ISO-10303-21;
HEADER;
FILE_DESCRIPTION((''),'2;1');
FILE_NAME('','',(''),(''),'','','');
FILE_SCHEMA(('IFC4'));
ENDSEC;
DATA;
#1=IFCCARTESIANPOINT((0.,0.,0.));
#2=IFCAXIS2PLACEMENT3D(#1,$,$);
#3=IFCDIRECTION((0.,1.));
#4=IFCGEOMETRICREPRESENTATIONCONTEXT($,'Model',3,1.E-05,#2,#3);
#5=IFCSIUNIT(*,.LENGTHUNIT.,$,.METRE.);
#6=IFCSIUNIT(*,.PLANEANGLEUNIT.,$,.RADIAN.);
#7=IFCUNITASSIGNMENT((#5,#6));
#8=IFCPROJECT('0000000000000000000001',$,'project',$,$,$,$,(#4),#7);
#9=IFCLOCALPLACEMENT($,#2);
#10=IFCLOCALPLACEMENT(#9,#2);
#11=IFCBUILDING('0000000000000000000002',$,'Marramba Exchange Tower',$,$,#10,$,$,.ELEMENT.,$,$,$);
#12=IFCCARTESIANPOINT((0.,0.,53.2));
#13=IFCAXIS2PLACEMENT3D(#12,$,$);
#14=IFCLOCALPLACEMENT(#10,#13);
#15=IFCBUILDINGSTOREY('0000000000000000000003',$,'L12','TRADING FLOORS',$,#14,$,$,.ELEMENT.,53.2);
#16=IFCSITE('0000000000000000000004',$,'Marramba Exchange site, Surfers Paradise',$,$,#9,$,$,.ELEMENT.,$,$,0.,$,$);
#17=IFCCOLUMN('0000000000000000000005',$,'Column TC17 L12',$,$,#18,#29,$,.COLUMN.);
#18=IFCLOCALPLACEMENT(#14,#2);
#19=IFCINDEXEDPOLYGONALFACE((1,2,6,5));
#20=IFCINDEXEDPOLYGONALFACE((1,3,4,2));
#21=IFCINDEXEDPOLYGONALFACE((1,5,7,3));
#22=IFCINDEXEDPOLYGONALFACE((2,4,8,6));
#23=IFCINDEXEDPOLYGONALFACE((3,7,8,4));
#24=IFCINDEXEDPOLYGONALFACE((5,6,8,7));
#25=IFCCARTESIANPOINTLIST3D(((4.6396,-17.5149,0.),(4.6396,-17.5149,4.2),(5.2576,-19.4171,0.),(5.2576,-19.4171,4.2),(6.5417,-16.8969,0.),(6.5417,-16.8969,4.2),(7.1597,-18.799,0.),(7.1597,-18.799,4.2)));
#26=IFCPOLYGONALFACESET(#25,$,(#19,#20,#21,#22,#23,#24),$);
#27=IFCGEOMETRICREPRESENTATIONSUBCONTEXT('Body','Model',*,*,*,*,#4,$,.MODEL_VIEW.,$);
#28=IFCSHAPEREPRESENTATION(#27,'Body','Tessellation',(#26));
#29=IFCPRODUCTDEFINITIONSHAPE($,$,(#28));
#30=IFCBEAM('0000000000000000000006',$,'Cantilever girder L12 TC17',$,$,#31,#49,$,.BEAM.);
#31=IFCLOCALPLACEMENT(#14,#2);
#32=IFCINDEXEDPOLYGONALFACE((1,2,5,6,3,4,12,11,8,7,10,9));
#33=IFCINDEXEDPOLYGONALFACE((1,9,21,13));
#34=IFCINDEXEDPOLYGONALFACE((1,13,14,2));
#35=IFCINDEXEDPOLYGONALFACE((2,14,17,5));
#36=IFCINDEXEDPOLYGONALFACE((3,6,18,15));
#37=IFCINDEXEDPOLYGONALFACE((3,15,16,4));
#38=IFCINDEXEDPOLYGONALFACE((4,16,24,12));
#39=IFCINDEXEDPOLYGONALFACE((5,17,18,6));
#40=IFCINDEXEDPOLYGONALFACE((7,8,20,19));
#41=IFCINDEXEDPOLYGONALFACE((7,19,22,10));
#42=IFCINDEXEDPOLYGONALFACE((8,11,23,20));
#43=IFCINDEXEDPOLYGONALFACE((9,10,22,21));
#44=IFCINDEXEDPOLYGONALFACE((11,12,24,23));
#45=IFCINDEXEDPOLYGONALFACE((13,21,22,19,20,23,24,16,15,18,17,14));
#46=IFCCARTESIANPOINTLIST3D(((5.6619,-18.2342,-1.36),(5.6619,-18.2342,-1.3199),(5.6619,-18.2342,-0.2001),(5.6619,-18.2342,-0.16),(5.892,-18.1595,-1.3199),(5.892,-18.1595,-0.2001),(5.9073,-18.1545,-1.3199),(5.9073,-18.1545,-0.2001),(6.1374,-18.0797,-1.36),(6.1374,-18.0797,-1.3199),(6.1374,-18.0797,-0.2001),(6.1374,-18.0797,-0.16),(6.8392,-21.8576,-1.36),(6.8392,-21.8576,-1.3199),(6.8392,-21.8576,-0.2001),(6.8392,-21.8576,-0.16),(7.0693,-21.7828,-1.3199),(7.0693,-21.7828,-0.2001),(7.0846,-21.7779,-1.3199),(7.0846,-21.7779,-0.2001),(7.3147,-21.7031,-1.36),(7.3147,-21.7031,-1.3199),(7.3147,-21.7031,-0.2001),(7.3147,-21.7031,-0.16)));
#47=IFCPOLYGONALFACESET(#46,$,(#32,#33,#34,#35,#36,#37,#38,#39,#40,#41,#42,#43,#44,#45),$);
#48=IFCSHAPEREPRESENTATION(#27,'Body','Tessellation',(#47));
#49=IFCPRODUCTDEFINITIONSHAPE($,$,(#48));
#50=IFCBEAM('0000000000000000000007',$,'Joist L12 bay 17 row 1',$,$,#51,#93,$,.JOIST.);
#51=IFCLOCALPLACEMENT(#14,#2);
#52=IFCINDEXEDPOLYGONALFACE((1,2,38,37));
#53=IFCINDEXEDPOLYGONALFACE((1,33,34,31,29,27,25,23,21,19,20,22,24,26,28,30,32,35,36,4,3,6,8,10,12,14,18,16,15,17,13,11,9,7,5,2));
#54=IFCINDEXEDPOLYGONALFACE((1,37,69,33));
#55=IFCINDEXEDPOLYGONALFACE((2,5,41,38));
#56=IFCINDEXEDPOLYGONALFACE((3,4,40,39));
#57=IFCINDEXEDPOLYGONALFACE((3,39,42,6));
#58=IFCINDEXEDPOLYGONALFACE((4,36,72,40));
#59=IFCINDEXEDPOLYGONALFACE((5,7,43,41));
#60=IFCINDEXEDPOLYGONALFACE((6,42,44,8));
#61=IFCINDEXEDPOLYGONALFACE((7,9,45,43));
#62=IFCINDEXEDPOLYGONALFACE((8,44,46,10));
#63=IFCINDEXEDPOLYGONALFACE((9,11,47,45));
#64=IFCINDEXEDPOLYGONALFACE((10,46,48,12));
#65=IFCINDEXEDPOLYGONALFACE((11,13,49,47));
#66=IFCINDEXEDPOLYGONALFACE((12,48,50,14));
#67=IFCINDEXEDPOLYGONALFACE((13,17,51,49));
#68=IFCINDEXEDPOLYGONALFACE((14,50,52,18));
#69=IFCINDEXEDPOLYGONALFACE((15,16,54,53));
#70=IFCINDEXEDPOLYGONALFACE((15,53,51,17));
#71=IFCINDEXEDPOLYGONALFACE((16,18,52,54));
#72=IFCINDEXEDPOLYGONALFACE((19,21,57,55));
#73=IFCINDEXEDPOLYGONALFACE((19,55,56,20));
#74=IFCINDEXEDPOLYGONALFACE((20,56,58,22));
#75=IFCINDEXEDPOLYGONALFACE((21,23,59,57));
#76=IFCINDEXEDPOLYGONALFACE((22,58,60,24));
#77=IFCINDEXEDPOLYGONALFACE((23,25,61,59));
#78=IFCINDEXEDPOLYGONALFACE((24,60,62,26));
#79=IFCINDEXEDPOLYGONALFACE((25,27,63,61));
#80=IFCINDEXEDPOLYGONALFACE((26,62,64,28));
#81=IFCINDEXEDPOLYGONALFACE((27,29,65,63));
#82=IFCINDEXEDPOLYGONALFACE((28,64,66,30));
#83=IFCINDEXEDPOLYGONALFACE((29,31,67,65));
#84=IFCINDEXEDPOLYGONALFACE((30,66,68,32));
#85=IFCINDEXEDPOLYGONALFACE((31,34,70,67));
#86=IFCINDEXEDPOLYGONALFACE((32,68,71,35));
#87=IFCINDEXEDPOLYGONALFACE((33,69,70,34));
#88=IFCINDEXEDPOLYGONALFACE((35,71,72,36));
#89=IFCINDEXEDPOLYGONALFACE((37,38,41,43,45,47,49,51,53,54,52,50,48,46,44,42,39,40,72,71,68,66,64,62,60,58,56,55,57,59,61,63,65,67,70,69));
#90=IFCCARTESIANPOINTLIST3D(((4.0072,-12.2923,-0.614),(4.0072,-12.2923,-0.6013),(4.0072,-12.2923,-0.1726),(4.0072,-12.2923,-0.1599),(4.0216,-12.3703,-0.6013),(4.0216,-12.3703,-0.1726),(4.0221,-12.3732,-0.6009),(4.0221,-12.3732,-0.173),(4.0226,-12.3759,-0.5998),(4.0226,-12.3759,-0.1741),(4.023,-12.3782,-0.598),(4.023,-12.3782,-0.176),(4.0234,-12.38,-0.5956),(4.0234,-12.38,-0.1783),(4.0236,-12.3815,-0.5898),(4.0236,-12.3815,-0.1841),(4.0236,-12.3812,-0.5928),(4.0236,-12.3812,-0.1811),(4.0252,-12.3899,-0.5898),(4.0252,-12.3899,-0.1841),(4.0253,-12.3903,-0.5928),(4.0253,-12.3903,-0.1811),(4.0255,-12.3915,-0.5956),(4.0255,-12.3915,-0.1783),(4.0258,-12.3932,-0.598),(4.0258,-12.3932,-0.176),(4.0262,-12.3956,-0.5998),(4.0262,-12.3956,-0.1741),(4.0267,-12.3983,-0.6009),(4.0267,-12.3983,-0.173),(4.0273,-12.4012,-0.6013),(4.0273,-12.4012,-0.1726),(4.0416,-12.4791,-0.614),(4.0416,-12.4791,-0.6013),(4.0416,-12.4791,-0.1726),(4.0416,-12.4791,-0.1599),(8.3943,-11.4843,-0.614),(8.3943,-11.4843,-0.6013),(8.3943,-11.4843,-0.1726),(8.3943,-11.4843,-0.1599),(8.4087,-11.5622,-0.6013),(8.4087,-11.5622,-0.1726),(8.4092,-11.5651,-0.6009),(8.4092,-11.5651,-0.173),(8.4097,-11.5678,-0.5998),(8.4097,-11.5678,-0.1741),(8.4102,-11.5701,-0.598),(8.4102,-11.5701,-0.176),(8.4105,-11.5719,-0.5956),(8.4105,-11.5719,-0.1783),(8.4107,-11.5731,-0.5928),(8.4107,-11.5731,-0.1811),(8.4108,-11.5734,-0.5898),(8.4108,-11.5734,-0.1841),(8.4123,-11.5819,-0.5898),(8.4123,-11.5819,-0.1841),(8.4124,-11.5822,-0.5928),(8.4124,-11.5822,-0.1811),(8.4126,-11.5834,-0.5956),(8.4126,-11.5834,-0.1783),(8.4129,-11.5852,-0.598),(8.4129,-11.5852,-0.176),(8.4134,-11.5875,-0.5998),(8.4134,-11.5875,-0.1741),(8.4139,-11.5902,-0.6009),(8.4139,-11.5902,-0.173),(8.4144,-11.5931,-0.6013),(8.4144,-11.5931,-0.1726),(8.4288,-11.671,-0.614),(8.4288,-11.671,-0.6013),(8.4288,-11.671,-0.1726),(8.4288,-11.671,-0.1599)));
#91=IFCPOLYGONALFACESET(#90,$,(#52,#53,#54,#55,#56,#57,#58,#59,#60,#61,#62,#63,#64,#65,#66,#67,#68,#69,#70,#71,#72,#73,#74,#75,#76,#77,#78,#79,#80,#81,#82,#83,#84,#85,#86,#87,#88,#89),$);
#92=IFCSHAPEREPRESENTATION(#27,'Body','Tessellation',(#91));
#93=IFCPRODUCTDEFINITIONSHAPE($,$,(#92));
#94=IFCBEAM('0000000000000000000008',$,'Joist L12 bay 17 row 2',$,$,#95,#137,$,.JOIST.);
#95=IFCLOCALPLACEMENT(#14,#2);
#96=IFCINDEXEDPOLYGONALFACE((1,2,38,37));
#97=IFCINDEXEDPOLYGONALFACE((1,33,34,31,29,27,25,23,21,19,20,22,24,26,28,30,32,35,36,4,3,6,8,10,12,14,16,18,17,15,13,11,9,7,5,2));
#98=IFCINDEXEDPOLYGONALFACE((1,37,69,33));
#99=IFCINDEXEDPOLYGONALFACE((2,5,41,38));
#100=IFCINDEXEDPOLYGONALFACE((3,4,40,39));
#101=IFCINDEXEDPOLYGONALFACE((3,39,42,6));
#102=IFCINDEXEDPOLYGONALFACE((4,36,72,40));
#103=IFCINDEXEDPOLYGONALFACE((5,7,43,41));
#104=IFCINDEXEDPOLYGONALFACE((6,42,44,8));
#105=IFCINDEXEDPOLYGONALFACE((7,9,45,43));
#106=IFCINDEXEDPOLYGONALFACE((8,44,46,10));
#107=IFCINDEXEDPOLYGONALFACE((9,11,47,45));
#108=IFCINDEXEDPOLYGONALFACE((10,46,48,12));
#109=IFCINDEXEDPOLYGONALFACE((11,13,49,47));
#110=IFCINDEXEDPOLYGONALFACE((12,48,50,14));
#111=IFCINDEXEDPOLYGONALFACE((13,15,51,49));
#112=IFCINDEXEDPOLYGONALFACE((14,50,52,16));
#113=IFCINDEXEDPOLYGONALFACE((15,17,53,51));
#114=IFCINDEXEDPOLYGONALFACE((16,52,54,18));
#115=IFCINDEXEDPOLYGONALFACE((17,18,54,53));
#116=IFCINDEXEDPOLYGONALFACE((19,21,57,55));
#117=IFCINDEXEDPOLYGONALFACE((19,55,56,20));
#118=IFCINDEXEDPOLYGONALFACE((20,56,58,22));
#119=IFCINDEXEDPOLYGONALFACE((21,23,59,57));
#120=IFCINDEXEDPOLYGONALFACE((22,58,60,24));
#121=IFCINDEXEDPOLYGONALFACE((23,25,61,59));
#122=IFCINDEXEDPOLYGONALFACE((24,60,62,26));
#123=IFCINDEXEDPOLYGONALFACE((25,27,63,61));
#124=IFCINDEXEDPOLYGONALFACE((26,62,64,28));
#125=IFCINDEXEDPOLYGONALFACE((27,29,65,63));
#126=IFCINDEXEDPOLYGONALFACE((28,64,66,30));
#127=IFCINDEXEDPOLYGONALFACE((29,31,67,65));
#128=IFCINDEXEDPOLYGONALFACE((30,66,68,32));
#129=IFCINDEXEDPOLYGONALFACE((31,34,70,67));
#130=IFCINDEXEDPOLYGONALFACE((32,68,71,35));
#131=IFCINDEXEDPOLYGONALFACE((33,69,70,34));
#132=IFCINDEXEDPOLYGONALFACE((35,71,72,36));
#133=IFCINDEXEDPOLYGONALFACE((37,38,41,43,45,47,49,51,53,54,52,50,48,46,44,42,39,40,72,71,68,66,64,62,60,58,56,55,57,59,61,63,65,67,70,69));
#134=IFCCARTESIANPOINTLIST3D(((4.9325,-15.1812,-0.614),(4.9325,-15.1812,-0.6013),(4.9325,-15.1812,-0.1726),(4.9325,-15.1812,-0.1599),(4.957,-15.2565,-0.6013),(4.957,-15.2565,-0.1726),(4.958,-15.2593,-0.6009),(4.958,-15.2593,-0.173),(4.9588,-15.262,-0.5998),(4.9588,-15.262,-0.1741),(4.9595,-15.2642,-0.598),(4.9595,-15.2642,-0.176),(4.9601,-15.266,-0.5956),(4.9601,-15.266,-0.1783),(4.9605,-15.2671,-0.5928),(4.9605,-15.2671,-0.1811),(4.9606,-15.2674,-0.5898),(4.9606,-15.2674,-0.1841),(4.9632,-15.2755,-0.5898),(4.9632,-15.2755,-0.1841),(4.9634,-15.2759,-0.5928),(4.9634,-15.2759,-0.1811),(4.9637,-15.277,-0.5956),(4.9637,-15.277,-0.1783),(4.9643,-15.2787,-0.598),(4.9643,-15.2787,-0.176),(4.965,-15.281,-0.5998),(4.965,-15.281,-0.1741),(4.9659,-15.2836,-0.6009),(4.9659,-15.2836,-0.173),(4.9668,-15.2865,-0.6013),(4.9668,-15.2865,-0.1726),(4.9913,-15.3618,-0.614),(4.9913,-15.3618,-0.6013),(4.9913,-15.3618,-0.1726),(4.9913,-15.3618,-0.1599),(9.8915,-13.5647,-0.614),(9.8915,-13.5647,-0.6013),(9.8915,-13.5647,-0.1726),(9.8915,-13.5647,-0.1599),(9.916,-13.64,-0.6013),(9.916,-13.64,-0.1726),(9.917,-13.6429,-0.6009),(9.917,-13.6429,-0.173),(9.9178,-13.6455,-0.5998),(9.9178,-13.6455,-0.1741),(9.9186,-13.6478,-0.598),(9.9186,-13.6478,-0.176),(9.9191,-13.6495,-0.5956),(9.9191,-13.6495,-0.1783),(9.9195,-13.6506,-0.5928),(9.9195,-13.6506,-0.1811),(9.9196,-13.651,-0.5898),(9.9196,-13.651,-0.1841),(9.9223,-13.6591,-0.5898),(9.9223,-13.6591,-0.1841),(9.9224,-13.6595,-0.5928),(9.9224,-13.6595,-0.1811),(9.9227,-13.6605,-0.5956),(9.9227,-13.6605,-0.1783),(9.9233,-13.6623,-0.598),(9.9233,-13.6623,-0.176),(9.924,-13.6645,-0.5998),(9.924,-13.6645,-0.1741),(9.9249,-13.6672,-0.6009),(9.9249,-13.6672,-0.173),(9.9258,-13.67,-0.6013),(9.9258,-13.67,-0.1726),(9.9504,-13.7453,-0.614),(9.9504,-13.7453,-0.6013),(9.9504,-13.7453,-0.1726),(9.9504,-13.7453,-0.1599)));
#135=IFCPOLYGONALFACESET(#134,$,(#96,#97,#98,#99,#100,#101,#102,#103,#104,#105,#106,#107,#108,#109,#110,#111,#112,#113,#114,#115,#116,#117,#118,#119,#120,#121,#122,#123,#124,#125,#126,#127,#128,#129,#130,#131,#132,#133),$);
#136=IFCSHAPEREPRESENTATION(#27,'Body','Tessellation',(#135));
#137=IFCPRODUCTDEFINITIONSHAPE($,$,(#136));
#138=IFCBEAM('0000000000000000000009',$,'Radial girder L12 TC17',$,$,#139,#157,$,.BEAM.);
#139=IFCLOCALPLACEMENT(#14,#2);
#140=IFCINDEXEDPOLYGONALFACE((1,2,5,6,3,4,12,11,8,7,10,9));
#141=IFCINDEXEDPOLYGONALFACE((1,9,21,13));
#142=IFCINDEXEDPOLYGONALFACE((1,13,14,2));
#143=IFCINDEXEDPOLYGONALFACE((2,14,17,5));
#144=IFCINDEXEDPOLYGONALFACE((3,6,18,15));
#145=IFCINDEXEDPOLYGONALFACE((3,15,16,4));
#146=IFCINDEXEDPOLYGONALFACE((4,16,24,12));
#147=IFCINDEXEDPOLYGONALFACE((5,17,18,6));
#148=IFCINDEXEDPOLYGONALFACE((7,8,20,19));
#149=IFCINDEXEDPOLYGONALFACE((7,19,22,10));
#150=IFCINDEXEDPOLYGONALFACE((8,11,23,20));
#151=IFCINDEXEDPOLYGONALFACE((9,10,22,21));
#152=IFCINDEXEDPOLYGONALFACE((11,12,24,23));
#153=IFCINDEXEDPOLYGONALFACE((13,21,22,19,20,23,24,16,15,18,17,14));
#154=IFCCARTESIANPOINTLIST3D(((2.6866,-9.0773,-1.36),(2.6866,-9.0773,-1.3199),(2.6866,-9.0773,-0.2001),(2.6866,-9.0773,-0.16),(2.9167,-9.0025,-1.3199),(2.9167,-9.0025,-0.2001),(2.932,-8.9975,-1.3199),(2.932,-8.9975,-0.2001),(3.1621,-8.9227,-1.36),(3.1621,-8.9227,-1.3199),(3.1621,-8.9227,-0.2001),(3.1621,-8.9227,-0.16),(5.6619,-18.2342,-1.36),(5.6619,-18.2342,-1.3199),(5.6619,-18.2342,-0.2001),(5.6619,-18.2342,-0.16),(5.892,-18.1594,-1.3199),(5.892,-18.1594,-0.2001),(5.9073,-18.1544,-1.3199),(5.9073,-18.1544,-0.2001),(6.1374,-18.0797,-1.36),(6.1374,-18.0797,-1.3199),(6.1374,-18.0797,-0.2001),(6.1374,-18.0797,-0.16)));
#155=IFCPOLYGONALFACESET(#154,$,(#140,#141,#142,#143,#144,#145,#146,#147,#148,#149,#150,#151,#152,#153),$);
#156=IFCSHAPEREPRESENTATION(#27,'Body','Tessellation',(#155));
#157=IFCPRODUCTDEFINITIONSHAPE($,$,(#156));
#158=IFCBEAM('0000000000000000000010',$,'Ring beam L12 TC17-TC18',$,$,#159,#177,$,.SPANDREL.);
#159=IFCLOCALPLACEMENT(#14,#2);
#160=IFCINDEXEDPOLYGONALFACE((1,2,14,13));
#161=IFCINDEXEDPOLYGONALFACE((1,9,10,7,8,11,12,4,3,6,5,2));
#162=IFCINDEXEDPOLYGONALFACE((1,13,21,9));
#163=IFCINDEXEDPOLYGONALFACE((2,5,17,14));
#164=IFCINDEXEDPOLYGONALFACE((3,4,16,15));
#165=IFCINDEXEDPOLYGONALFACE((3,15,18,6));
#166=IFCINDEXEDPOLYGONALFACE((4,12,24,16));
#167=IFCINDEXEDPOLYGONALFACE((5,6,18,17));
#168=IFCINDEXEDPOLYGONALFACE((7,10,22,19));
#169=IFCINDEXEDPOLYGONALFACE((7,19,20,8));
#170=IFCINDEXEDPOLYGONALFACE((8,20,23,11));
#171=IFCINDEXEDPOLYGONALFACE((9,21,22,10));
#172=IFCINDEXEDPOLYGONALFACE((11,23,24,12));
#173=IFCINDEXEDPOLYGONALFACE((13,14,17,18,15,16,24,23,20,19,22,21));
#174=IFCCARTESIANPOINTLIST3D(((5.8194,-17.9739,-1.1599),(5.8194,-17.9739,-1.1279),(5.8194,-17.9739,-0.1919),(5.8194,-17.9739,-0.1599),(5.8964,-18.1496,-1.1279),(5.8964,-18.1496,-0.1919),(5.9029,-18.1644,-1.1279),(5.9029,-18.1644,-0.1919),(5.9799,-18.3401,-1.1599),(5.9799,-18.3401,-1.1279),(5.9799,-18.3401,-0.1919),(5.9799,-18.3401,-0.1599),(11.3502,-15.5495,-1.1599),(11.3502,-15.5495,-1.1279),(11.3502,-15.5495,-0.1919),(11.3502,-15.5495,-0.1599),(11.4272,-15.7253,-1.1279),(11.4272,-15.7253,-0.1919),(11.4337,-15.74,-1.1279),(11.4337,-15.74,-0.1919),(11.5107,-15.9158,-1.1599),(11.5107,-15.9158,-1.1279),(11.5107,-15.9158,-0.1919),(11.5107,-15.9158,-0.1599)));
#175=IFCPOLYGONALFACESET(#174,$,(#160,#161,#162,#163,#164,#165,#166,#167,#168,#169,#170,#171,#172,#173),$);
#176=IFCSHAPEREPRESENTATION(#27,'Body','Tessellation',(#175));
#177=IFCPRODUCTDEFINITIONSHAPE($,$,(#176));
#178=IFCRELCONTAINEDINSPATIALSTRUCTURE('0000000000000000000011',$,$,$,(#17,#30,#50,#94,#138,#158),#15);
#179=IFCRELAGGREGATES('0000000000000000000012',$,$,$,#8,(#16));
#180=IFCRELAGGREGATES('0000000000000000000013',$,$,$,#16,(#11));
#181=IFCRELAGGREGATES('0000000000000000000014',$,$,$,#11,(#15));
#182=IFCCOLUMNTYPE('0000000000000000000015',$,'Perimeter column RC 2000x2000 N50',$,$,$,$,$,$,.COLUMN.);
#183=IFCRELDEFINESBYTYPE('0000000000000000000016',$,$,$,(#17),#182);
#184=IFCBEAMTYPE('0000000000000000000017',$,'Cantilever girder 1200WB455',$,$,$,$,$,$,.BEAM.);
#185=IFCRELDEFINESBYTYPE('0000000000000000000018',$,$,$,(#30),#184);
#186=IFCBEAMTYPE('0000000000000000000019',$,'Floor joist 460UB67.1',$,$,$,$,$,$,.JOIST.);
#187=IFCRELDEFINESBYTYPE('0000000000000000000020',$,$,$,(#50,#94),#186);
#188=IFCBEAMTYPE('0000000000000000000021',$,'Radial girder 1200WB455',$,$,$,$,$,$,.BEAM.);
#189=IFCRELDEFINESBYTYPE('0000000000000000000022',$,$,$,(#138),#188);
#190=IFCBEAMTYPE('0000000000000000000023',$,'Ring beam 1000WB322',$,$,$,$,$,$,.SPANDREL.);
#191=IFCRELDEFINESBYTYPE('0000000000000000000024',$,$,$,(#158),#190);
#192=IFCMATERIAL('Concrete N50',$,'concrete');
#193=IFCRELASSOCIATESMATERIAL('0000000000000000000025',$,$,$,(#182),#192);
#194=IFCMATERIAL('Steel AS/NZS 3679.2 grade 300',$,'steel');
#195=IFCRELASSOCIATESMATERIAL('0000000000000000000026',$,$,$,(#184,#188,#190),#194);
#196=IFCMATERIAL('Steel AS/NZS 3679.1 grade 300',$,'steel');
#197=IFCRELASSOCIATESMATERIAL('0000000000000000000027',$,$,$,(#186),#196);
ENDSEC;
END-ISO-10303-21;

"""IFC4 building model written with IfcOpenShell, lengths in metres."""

from ifc_helpers import new_model, si_unit, direction, frame, origin, origin_2d, place, context, subcontext, project, spatial, rectangle, i_section, extrude, material, material_profile, profile_set, type_object, element, save


model = new_model("IFC4")

# Units and contexts
model_context = context("Model", 3, precision=1e-05, world=origin(), true_north=direction((0.0, 1.0)))
body_context = subcontext(model_context, "Body", "Model", "MODEL_VIEW")
ifc_project = project(units=[si_unit("LENGTHUNIT", "METRE"), si_unit("PLANEANGLEUNIT", "RADIAN")], contexts=[model_context])

# Site, building, storey
site_placement = place(None, origin())
site = spatial("IfcSite", under=ifc_project, at=site_placement, Name="Marramba Exchange site, Surfers Paradise", CompositionType="ELEMENT", RefElevation=0.0)
building_placement = place(site_placement, origin())
building = spatial("IfcBuilding", under=site, at=building_placement, Name="Marramba Exchange Tower", CompositionType="ELEMENT")
storey_placement = place(building_placement, frame((0.0, 0.0, 53.2)))
storey = spatial("IfcBuildingStorey", under=building, at=storey_placement, Name="L12", Description="TRADING FLOORS", CompositionType="ELEMENT", Elevation=53.2)

# Column
ifc_material_1 = material(Name="Concrete N50", Category="concrete")
ifc_material_profile_1 = material_profile(ifc_material_1, rectangle(XDim=2.0, YDim=2.0, at=origin_2d()), Name="RC 2000x2000")
ifc_profile_set_1 = profile_set([ifc_material_profile_1], Name="Concrete N50")
column_type = type_object("IfcColumnType", Name="Perimeter column RC 2000x2000 N50", PredefinedType="COLUMN", material=ifc_profile_set_1)
column_placement = place(storey_placement, frame((5.8997, -18.157, 0.0), z_axis=(0.0, 0.0, 1.0), x_axis=(0.309017, -0.951057, 0.0)))
element("IfcColumn", 1, at=column_placement, inside=storey, type_object=column_type, Name="Column TC17 L12", PredefinedType="COLUMN", context=body_context, shape_type="SweptSolid", body=[
    extrude(rectangle(XDim=2.0, YDim=2.0, at=origin_2d()), origin(), (0.0, 0.0, 1.0), 4.2),
])

# Beams
ifc_material_2 = material(Name="Steel AS/NZS 3679.2 grade 300", Category="steel")
ifc_material_profile_2 = material_profile(ifc_material_2, i_section(OverallWidth=0.5, OverallDepth=1.2, WebThickness=0.0161, FlangeThickness=0.04, at=origin_2d()), Name="1200WB455")
ifc_profile_set_2 = profile_set([ifc_material_profile_2], Name="Steel AS/NZS 3679.2 grade 300")
beam_type_1 = type_object("IfcBeamType", Name="Cantilever girder 1200WB455", PredefinedType="BEAM", material=ifc_profile_set_2)
beam_1_placement = place(storey_placement, frame((5.8997, -18.157, -0.76), z_axis=(0.309009, -0.951059, 0.0), x_axis=(0.951059, 0.309009, 0.0)))
element("IfcBeam", 2, at=beam_1_placement, inside=storey, type_object=beam_type_1, Name="Cantilever girder L12 TC17", PredefinedType="BEAM", context=body_context, shape_type="SweptSolid", body=[
    extrude(i_section(OverallWidth=0.5, OverallDepth=1.2, WebThickness=0.0161, FlangeThickness=0.04, at=origin_2d()), origin(), (0.0, 0.0, 1.0), 3.8098),
])
ifc_material_3 = material(Name="Steel AS/NZS 3679.1 grade 300", Category="steel")
ifc_material_profile_3 = material_profile(ifc_material_3, i_section(OverallWidth=0.1899, OverallDepth=0.4541, WebThickness=0.0085, FlangeThickness=0.0127, FilletRadius=0.0115, at=origin_2d()), Name="460UB67.1")
ifc_profile_set_3 = profile_set([ifc_material_profile_3], Name="Steel AS/NZS 3679.1 grade 300")
beam_type_2 = type_object("IfcBeamType", Name="Floor joist 460UB67.1", PredefinedType="JOIST", material=ifc_profile_set_3)
beam_2_placement = place(storey_placement, frame((4.0244, -12.3857, -0.387), z_axis=(0.983456, 0.181149, 0.0), x_axis=(-0.181149, 0.983456, 0.0)))
element("IfcBeam", 3, at=beam_2_placement, inside=storey, type_object=beam_type_2, Name="Joist L12 bay 17 row 1", PredefinedType="JOIST", context=body_context, shape_type="SweptSolid", body=[
    extrude(i_section(OverallWidth=0.1899, OverallDepth=0.4541, WebThickness=0.0085, FlangeThickness=0.0127, FilletRadius=0.0115, at=origin_2d()), origin(), (0.0, 0.0, 1.0), 4.4609),
])
beam_3_placement = place(storey_placement, frame((4.9619, -15.2715, -0.387), z_axis=(0.950764, 0.309916, 0.0), x_axis=(-0.309916, 0.950764, 0.0)))
element("IfcBeam", 4, at=beam_3_placement, inside=storey, type_object=beam_type_2, Name="Joist L12 bay 17 row 2", PredefinedType="JOIST", context=body_context, shape_type="SweptSolid", body=[
    extrude(i_section(OverallWidth=0.1899, OverallDepth=0.4541, WebThickness=0.0085, FlangeThickness=0.0127, FilletRadius=0.0115, at=origin_2d()), origin(), (0.0, 0.0, 1.0), 5.2158),
])
ifc_material_profile_4 = material_profile(ifc_material_2, i_section(OverallWidth=0.5, OverallDepth=1.2, WebThickness=0.0161, FlangeThickness=0.04, at=origin_2d()), Name="1200WB455")
ifc_profile_set_4 = profile_set([ifc_material_profile_4], Name="Steel AS/NZS 3679.2 grade 300")
beam_type_3 = type_object("IfcBeamType", Name="Radial girder 1200WB455", PredefinedType="BEAM", material=ifc_profile_set_4)
beam_4_placement = place(storey_placement, frame((2.9243, -9.0, -0.76), z_axis=(0.309022, -0.951055, 0.0), x_axis=(0.951055, 0.309022, 0.0)))
element("IfcBeam", 5, at=beam_4_placement, inside=storey, type_object=beam_type_3, Name="Radial girder L12 TC17", PredefinedType="BEAM", context=body_context, shape_type="SweptSolid", body=[
    extrude(i_section(OverallWidth=0.5, OverallDepth=1.2, WebThickness=0.0161, FlangeThickness=0.04, at=origin_2d()), origin(), (0.0, 0.0, 1.0), 9.6282),
])
ifc_material_profile_5 = material_profile(ifc_material_2, i_section(OverallWidth=0.3999, OverallDepth=1.0, WebThickness=0.0161, FlangeThickness=0.032, at=origin_2d()), Name="1000WB322")
ifc_profile_set_5 = profile_set([ifc_material_profile_5], Name="Steel AS/NZS 3679.2 grade 300")
beam_type_4 = type_object("IfcBeamType", Name="Ring beam 1000WB322", PredefinedType="SPANDREL", material=ifc_profile_set_5)
beam_5_placement = place(storey_placement, frame((5.8997, -18.157, -0.6599), z_axis=(0.915877, 0.401459, 0.0), x_axis=(-0.401459, 0.915877, 0.0)))
element("IfcBeam", 6, at=beam_5_placement, inside=storey, type_object=beam_type_4, Name="Ring beam L12 TC17-TC18", PredefinedType="SPANDREL", context=body_context, shape_type="SweptSolid", body=[
    extrude(i_section(OverallWidth=0.3999, OverallDepth=1.0, WebThickness=0.0161, FlangeThickness=0.032, at=origin_2d()), origin(), (0.0, 0.0, 1.0), 6.0388),
])

save(model, "model.ifc")
